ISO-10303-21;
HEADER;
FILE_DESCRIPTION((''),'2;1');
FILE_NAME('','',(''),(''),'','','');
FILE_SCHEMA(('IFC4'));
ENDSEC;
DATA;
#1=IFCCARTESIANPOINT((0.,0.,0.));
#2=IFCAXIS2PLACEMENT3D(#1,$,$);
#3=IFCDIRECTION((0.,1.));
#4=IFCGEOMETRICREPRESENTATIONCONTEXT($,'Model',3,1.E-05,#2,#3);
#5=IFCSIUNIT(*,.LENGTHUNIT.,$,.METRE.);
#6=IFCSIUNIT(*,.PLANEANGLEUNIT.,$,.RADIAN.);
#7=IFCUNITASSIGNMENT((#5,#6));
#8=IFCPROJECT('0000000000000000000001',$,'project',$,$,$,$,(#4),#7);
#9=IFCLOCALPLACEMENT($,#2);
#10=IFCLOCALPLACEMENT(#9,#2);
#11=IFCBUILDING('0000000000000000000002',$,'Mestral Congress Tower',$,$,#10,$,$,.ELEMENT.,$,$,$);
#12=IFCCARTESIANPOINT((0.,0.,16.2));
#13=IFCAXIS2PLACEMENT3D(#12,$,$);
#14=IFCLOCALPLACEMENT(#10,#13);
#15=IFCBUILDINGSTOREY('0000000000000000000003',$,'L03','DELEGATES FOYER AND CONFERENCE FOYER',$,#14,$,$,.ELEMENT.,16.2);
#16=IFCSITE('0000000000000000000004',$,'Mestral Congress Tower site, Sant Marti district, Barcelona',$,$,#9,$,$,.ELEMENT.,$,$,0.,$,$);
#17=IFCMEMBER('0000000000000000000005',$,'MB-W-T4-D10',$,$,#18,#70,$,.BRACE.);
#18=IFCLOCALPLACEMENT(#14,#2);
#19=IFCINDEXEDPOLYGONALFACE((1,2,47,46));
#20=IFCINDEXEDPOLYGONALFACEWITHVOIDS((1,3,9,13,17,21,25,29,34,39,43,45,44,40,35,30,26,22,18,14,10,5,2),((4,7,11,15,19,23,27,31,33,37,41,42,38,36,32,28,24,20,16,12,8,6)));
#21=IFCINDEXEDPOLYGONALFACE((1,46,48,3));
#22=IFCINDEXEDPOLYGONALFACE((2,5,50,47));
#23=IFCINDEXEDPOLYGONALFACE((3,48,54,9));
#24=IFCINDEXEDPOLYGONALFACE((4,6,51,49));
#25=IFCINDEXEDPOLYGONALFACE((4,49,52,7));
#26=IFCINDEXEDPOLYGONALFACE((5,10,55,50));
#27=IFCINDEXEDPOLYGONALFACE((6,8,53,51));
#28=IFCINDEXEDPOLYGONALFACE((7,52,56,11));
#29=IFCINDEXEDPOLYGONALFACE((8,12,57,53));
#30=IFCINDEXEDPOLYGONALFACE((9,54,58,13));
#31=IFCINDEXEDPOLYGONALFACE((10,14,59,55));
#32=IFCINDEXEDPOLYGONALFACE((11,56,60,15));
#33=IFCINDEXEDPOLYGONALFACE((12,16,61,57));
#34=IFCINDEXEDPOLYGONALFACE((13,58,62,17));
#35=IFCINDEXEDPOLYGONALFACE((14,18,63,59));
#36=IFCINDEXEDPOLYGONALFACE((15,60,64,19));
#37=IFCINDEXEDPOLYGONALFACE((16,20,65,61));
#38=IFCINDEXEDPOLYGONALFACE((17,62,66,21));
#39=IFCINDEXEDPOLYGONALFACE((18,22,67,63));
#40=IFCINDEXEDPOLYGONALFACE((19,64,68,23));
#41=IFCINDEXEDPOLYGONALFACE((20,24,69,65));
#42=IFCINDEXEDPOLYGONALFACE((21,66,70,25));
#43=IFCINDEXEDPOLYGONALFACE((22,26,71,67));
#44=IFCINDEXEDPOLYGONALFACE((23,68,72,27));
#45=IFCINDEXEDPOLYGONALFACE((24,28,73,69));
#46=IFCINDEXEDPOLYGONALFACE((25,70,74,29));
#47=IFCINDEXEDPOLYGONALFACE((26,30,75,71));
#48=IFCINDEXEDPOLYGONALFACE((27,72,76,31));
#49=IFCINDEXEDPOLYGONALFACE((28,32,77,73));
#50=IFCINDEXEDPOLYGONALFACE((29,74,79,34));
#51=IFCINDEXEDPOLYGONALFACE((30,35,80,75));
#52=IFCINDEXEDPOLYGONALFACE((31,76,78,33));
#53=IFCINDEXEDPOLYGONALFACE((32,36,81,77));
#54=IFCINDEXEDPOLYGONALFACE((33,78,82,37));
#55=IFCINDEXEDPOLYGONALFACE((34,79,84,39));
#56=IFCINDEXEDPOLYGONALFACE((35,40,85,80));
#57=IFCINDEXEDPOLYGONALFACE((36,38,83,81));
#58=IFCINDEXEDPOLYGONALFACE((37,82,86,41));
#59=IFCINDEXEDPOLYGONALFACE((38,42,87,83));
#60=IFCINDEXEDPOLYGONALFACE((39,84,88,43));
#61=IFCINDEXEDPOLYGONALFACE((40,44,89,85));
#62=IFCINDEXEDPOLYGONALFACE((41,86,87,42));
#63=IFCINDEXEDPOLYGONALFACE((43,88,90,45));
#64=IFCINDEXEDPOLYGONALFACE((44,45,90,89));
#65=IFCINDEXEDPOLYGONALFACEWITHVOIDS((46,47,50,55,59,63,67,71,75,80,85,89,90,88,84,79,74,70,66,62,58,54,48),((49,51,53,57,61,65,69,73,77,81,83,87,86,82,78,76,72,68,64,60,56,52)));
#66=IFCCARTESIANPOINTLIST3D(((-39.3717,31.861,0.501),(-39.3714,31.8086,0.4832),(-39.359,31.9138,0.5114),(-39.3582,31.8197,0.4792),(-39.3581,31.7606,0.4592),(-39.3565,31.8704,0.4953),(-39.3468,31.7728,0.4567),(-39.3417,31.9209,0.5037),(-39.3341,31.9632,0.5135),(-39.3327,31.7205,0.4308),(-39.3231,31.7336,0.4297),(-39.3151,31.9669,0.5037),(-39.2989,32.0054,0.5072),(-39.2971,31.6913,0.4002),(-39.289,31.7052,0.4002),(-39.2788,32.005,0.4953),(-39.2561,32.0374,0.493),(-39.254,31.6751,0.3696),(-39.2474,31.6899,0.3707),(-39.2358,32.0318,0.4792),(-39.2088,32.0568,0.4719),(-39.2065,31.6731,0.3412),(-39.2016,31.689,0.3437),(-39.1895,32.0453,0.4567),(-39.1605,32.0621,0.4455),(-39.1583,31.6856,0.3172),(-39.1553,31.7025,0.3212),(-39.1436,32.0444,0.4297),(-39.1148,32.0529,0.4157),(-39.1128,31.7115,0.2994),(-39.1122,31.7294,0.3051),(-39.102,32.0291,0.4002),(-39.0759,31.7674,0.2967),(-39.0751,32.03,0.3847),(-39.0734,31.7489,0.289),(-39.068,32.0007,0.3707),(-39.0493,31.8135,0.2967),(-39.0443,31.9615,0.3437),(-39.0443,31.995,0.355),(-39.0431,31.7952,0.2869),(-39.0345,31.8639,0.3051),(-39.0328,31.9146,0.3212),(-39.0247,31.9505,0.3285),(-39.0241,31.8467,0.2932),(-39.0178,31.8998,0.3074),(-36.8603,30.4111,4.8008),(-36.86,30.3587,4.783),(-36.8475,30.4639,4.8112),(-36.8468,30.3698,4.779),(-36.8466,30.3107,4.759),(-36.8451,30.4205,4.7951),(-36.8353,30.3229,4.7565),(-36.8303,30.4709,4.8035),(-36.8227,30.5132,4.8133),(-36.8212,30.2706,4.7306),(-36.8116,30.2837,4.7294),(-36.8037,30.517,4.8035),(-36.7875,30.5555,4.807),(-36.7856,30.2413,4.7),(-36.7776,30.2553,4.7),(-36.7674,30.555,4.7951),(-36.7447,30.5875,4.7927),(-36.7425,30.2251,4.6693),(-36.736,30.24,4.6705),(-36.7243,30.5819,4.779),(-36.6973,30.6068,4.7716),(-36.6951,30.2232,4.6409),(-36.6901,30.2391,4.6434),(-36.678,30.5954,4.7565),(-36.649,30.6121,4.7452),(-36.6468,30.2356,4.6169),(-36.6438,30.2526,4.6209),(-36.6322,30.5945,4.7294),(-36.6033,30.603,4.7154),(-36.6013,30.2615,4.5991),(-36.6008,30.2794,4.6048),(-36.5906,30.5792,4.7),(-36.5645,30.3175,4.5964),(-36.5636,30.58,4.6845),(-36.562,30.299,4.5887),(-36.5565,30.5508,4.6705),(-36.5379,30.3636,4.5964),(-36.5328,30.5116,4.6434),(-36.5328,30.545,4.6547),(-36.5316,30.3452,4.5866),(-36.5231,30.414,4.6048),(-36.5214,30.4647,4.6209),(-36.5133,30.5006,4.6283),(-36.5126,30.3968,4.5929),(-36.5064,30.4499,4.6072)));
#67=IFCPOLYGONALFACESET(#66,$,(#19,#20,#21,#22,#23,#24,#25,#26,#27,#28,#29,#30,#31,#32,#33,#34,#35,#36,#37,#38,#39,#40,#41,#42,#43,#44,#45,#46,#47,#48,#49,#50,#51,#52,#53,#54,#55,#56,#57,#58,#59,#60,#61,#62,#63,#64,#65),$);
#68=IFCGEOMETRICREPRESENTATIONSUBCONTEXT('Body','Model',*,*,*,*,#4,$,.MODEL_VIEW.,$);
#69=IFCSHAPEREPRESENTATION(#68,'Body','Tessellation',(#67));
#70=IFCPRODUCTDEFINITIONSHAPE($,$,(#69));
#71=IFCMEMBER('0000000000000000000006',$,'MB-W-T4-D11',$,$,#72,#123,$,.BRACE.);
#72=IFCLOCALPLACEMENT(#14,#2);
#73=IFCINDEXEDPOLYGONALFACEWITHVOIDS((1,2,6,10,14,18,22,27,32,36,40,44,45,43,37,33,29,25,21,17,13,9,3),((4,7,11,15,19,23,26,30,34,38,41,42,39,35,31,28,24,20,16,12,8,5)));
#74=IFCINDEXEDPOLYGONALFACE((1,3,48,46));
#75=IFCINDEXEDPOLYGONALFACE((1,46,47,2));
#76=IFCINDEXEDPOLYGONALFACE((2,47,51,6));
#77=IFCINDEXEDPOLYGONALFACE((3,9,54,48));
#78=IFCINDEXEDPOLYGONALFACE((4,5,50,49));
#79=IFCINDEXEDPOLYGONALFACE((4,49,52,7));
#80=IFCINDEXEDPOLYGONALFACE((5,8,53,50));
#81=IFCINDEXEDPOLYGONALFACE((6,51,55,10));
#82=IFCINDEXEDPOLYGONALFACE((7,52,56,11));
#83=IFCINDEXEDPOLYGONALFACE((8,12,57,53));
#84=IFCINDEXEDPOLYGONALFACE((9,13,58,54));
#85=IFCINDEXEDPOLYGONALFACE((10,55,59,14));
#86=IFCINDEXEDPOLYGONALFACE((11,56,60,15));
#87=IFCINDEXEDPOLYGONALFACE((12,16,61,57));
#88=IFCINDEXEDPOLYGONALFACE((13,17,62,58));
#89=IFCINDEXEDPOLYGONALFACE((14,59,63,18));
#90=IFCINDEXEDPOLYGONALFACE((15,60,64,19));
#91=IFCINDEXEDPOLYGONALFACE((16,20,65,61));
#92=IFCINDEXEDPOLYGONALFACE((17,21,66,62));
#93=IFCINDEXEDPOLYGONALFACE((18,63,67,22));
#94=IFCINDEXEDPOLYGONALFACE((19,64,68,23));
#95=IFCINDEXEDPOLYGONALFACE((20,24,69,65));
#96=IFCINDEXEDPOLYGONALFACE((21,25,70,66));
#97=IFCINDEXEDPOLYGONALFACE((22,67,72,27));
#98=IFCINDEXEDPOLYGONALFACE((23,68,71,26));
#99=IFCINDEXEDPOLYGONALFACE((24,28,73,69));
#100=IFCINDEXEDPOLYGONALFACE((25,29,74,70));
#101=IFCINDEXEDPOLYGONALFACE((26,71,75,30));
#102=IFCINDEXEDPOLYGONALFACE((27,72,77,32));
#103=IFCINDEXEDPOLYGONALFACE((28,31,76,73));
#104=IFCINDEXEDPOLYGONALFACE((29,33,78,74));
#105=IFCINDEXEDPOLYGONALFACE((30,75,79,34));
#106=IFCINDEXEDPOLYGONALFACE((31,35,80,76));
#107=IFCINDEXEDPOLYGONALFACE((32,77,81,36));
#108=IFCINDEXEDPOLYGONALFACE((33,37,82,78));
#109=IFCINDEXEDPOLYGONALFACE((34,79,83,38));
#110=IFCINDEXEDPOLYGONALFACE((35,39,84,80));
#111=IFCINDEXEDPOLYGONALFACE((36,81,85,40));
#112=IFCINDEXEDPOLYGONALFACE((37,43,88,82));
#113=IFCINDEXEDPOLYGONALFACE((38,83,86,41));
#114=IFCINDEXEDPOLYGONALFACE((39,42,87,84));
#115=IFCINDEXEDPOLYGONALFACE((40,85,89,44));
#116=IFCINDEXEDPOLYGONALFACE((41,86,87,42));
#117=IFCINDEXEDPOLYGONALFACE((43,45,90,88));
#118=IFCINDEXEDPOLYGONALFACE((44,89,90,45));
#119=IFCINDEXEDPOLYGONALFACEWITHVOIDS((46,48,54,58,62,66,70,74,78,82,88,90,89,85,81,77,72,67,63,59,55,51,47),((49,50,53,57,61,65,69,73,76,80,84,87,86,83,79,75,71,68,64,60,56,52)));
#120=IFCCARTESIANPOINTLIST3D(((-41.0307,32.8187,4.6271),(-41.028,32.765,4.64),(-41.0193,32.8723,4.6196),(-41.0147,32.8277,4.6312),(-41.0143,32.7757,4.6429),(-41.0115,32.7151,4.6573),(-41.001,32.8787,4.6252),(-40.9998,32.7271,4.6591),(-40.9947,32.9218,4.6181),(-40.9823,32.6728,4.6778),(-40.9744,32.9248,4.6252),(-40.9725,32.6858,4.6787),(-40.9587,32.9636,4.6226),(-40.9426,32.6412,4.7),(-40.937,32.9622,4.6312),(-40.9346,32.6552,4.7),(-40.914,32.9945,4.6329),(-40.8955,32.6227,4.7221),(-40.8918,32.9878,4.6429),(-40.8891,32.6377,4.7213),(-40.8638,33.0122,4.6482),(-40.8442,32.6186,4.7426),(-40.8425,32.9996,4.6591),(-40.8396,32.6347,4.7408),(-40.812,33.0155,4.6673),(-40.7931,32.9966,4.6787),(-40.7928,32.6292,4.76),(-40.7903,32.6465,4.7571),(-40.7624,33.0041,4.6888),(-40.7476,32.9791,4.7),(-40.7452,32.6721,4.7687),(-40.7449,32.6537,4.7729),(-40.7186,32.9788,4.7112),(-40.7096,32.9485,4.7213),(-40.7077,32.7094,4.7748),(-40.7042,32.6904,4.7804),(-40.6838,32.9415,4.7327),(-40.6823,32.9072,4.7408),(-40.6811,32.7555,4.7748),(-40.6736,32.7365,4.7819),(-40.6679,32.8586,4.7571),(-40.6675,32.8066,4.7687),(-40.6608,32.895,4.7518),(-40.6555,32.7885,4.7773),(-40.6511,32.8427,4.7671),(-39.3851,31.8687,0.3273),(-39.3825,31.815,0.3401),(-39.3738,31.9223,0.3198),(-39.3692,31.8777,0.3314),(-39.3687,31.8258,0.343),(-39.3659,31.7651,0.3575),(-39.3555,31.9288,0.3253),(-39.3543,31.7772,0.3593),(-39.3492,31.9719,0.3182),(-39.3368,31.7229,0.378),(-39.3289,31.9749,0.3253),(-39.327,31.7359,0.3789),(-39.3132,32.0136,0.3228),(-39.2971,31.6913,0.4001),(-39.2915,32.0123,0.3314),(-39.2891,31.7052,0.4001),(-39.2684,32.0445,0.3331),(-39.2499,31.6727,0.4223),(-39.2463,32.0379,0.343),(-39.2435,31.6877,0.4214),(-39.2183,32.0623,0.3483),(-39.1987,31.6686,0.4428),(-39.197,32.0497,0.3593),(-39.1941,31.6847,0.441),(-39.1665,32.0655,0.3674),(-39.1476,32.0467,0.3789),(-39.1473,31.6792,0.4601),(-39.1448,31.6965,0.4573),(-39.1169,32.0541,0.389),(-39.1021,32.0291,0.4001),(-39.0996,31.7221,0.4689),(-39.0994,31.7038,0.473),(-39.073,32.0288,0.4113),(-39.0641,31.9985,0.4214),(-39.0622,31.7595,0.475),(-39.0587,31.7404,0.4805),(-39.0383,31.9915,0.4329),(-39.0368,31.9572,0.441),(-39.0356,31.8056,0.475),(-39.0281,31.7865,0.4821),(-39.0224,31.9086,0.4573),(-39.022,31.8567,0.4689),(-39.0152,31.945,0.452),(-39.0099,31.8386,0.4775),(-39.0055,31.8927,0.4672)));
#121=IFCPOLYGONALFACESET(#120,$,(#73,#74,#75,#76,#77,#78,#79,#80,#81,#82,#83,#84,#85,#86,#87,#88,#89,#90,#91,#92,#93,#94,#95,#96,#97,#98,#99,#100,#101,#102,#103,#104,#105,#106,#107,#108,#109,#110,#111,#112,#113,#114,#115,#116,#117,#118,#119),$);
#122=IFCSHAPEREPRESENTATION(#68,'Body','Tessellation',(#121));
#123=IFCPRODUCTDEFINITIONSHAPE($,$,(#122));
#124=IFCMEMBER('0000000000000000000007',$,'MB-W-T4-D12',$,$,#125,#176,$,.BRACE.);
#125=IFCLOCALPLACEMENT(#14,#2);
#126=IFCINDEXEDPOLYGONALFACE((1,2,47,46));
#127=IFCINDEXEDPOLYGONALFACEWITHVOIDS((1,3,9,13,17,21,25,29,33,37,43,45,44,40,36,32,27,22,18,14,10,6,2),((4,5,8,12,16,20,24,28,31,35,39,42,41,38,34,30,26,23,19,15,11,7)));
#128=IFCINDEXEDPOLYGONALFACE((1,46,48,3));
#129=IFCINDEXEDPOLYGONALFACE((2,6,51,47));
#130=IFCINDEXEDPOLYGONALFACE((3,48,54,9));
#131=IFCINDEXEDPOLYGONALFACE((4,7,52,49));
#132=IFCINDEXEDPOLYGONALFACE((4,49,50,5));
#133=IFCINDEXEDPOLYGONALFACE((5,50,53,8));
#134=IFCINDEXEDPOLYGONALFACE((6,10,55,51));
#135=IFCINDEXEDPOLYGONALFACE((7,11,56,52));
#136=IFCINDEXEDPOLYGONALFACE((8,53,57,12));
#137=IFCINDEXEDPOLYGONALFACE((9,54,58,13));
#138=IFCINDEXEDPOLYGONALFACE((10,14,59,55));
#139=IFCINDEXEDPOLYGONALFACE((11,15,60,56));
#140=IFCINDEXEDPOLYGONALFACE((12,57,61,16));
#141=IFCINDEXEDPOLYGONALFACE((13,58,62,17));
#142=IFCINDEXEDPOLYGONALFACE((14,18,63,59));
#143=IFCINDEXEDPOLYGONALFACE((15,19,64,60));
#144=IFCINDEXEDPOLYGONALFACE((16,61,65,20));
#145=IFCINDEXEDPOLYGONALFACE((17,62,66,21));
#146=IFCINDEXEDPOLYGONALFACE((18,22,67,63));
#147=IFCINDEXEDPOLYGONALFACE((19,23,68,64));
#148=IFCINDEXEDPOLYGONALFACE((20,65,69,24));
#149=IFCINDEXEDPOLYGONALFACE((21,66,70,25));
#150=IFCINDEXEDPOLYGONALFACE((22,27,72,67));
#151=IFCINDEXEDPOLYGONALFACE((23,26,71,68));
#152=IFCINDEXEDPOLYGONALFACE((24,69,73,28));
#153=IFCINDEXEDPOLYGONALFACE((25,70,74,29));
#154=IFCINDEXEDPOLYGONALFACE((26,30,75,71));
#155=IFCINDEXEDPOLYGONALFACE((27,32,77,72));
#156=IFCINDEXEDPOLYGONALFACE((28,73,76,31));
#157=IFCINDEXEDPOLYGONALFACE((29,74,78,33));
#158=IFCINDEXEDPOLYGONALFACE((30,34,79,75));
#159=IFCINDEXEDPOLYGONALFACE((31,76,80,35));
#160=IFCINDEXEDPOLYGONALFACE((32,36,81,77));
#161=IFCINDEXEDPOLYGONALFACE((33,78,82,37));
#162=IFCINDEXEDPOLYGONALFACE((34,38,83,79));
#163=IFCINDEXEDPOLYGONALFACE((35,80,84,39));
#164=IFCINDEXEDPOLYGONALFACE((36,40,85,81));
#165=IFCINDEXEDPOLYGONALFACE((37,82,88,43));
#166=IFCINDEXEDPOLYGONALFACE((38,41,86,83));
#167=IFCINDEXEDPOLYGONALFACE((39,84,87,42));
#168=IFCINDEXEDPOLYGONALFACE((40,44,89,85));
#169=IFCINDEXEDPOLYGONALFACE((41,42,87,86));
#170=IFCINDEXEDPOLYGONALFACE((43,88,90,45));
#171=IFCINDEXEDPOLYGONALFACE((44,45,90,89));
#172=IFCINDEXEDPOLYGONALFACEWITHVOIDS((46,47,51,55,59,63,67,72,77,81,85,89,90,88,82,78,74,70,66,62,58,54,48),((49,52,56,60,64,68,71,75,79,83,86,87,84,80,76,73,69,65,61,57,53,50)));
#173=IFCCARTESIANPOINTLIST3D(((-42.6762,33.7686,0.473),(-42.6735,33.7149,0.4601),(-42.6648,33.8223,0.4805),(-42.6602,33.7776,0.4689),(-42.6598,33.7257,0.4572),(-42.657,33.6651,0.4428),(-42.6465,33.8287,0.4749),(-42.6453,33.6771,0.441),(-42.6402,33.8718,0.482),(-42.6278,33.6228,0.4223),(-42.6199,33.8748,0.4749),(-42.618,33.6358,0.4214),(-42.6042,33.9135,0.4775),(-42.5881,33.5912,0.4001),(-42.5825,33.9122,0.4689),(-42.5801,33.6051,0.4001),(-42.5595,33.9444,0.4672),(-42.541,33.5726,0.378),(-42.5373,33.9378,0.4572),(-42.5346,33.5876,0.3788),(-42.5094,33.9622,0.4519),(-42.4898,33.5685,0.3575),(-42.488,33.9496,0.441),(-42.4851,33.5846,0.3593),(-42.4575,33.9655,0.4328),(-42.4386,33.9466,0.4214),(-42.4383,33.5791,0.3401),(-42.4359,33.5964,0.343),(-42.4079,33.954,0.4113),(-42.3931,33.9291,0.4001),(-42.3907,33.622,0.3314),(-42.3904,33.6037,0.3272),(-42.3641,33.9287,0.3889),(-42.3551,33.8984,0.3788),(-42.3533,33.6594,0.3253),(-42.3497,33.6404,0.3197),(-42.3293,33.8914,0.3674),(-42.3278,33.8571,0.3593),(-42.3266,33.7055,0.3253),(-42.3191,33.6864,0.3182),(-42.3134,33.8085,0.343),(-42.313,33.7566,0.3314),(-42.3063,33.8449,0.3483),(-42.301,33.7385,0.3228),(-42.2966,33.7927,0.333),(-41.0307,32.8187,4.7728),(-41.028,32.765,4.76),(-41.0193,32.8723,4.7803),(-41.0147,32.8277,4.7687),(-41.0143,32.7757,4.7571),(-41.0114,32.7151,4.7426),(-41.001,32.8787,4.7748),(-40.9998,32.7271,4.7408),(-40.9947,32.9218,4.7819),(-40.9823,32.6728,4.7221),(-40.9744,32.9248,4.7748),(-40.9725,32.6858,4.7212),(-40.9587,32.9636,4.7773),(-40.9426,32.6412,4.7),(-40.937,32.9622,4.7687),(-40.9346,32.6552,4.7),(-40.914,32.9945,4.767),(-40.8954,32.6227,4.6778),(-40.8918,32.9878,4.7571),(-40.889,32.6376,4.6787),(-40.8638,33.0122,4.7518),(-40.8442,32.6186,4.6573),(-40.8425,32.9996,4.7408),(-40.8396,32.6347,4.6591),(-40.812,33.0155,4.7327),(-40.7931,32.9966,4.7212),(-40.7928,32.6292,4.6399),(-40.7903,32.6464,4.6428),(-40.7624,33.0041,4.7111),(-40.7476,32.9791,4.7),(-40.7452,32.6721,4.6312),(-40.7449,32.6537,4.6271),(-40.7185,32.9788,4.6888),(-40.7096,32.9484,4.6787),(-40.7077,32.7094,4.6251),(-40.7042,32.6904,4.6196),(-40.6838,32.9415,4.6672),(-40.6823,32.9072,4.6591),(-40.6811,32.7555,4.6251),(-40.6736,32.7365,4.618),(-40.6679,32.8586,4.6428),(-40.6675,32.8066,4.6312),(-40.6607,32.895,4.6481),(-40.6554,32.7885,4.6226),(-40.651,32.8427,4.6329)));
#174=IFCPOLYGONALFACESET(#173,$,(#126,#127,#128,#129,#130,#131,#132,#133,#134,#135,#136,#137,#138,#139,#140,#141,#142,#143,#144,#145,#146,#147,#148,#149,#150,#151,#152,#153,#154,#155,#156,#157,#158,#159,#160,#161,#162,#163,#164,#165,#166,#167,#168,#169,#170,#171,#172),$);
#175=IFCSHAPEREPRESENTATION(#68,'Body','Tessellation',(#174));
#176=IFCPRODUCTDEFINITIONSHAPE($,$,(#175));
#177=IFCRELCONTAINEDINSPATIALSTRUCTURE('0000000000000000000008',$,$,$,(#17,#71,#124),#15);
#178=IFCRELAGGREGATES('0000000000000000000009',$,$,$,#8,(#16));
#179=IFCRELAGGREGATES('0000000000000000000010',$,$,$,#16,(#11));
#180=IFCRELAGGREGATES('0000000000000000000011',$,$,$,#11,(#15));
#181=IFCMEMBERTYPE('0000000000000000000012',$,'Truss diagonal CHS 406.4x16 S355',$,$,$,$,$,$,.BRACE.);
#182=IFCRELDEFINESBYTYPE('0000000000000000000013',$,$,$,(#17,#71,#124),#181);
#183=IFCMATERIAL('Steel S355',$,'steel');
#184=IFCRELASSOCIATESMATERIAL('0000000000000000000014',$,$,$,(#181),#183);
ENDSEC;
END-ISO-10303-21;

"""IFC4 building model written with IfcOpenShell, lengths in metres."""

from ifc_helpers import new_model, si_unit, direction, frame, origin, origin_2d, place, context, subcontext, project, spatial, hollow_circle, extrude, material, material_profile, profile_set, type_object, element, save


model = new_model("IFC4")

# Units and contexts
model_context = context("Model", 3, precision=1e-05, world=origin(), true_north=direction((0.0, 1.0)))
body_context = subcontext(model_context, "Body", "Model", "MODEL_VIEW")
ifc_project = project(units=[si_unit("LENGTHUNIT", "METRE"), si_unit("PLANEANGLEUNIT", "RADIAN")], contexts=[model_context])

# Site, building, storey
site_placement = place(None, origin())
site = spatial("IfcSite", under=ifc_project, at=site_placement, Name="Mestral Congress Tower site, Sant Marti district, Barcelona", CompositionType="ELEMENT", RefElevation=0.0)
building_placement = place(site_placement, origin())
building = spatial("IfcBuilding", under=site, at=building_placement, Name="Mestral Congress Tower", CompositionType="ELEMENT")
storey_placement = place(building_placement, frame((0.0, 0.0, 16.2)))
storey = spatial("IfcBuildingStorey", under=building, at=storey_placement, Name="L03", Description="DELEGATES FOYER AND CONFERENCE FOYER", CompositionType="ELEMENT", Elevation=16.2)

# Members
ifc_material = material(Name="Steel S355", Category="steel")
ifc_material_profile_1 = material_profile(ifc_material, hollow_circle(Radius=0.2031, WallThickness=0.0161, at=origin_2d()), Name="CHS 406.4x16")
ifc_profile_set_1 = profile_set([ifc_material_profile_1], Name="Steel S355")
member_type_1 = type_object("IfcMemberType", Name="Truss diagonal CHS 406.4x16 S355", PredefinedType="BRACE", material=ifc_profile_set_1)
for number, where, z_axis, x_axis, name in (
    (1, (-36.6841, 30.4172, 4.7), (-0.484247, 0.279571, -0.829062), (-0.499987, -0.866033, 0.0), "MB-W-T4-D10"),
):
    element("IfcMember", number, at=place(storey_placement, frame(where, z_axis=z_axis, x_axis=x_axis)), inside=storey, type_object=member_type_1, Name=name, PredefinedType="BRACE", context=body_context, shape_type="SweptSolid", body=[
        extrude(hollow_circle(Radius=0.2031, WallThickness=0.0161, at=origin_2d()), origin(), (0.0, 0.0, 1.0), 5.1863),
    ])
for number, where, z_axis, x_axis, name in (
    (2, (-39.1956, 31.8672, 0.4001), (-0.350041, 0.202079, 0.914678), (-0.499967, -0.866044, 0.0), "MB-W-T4-D11"),
    (3, (-40.8411, 32.8171, 4.7), (-0.350041, 0.202079, -0.914678), (-0.499967, -0.866044, 0.0), "MB-W-T4-D12"),
):
    element("IfcMember", number, at=place(storey_placement, frame(where, z_axis=z_axis, x_axis=x_axis)), inside=storey, type_object=member_type_1, Name=name, PredefinedType="BRACE", context=body_context, shape_type="SweptSolid", body=[
        extrude(hollow_circle(Radius=0.2031, WallThickness=0.0161, at=origin_2d()), origin(), (0.0, 0.0, 1.0), 4.7009),
    ])

save(model, "model.ifc")
